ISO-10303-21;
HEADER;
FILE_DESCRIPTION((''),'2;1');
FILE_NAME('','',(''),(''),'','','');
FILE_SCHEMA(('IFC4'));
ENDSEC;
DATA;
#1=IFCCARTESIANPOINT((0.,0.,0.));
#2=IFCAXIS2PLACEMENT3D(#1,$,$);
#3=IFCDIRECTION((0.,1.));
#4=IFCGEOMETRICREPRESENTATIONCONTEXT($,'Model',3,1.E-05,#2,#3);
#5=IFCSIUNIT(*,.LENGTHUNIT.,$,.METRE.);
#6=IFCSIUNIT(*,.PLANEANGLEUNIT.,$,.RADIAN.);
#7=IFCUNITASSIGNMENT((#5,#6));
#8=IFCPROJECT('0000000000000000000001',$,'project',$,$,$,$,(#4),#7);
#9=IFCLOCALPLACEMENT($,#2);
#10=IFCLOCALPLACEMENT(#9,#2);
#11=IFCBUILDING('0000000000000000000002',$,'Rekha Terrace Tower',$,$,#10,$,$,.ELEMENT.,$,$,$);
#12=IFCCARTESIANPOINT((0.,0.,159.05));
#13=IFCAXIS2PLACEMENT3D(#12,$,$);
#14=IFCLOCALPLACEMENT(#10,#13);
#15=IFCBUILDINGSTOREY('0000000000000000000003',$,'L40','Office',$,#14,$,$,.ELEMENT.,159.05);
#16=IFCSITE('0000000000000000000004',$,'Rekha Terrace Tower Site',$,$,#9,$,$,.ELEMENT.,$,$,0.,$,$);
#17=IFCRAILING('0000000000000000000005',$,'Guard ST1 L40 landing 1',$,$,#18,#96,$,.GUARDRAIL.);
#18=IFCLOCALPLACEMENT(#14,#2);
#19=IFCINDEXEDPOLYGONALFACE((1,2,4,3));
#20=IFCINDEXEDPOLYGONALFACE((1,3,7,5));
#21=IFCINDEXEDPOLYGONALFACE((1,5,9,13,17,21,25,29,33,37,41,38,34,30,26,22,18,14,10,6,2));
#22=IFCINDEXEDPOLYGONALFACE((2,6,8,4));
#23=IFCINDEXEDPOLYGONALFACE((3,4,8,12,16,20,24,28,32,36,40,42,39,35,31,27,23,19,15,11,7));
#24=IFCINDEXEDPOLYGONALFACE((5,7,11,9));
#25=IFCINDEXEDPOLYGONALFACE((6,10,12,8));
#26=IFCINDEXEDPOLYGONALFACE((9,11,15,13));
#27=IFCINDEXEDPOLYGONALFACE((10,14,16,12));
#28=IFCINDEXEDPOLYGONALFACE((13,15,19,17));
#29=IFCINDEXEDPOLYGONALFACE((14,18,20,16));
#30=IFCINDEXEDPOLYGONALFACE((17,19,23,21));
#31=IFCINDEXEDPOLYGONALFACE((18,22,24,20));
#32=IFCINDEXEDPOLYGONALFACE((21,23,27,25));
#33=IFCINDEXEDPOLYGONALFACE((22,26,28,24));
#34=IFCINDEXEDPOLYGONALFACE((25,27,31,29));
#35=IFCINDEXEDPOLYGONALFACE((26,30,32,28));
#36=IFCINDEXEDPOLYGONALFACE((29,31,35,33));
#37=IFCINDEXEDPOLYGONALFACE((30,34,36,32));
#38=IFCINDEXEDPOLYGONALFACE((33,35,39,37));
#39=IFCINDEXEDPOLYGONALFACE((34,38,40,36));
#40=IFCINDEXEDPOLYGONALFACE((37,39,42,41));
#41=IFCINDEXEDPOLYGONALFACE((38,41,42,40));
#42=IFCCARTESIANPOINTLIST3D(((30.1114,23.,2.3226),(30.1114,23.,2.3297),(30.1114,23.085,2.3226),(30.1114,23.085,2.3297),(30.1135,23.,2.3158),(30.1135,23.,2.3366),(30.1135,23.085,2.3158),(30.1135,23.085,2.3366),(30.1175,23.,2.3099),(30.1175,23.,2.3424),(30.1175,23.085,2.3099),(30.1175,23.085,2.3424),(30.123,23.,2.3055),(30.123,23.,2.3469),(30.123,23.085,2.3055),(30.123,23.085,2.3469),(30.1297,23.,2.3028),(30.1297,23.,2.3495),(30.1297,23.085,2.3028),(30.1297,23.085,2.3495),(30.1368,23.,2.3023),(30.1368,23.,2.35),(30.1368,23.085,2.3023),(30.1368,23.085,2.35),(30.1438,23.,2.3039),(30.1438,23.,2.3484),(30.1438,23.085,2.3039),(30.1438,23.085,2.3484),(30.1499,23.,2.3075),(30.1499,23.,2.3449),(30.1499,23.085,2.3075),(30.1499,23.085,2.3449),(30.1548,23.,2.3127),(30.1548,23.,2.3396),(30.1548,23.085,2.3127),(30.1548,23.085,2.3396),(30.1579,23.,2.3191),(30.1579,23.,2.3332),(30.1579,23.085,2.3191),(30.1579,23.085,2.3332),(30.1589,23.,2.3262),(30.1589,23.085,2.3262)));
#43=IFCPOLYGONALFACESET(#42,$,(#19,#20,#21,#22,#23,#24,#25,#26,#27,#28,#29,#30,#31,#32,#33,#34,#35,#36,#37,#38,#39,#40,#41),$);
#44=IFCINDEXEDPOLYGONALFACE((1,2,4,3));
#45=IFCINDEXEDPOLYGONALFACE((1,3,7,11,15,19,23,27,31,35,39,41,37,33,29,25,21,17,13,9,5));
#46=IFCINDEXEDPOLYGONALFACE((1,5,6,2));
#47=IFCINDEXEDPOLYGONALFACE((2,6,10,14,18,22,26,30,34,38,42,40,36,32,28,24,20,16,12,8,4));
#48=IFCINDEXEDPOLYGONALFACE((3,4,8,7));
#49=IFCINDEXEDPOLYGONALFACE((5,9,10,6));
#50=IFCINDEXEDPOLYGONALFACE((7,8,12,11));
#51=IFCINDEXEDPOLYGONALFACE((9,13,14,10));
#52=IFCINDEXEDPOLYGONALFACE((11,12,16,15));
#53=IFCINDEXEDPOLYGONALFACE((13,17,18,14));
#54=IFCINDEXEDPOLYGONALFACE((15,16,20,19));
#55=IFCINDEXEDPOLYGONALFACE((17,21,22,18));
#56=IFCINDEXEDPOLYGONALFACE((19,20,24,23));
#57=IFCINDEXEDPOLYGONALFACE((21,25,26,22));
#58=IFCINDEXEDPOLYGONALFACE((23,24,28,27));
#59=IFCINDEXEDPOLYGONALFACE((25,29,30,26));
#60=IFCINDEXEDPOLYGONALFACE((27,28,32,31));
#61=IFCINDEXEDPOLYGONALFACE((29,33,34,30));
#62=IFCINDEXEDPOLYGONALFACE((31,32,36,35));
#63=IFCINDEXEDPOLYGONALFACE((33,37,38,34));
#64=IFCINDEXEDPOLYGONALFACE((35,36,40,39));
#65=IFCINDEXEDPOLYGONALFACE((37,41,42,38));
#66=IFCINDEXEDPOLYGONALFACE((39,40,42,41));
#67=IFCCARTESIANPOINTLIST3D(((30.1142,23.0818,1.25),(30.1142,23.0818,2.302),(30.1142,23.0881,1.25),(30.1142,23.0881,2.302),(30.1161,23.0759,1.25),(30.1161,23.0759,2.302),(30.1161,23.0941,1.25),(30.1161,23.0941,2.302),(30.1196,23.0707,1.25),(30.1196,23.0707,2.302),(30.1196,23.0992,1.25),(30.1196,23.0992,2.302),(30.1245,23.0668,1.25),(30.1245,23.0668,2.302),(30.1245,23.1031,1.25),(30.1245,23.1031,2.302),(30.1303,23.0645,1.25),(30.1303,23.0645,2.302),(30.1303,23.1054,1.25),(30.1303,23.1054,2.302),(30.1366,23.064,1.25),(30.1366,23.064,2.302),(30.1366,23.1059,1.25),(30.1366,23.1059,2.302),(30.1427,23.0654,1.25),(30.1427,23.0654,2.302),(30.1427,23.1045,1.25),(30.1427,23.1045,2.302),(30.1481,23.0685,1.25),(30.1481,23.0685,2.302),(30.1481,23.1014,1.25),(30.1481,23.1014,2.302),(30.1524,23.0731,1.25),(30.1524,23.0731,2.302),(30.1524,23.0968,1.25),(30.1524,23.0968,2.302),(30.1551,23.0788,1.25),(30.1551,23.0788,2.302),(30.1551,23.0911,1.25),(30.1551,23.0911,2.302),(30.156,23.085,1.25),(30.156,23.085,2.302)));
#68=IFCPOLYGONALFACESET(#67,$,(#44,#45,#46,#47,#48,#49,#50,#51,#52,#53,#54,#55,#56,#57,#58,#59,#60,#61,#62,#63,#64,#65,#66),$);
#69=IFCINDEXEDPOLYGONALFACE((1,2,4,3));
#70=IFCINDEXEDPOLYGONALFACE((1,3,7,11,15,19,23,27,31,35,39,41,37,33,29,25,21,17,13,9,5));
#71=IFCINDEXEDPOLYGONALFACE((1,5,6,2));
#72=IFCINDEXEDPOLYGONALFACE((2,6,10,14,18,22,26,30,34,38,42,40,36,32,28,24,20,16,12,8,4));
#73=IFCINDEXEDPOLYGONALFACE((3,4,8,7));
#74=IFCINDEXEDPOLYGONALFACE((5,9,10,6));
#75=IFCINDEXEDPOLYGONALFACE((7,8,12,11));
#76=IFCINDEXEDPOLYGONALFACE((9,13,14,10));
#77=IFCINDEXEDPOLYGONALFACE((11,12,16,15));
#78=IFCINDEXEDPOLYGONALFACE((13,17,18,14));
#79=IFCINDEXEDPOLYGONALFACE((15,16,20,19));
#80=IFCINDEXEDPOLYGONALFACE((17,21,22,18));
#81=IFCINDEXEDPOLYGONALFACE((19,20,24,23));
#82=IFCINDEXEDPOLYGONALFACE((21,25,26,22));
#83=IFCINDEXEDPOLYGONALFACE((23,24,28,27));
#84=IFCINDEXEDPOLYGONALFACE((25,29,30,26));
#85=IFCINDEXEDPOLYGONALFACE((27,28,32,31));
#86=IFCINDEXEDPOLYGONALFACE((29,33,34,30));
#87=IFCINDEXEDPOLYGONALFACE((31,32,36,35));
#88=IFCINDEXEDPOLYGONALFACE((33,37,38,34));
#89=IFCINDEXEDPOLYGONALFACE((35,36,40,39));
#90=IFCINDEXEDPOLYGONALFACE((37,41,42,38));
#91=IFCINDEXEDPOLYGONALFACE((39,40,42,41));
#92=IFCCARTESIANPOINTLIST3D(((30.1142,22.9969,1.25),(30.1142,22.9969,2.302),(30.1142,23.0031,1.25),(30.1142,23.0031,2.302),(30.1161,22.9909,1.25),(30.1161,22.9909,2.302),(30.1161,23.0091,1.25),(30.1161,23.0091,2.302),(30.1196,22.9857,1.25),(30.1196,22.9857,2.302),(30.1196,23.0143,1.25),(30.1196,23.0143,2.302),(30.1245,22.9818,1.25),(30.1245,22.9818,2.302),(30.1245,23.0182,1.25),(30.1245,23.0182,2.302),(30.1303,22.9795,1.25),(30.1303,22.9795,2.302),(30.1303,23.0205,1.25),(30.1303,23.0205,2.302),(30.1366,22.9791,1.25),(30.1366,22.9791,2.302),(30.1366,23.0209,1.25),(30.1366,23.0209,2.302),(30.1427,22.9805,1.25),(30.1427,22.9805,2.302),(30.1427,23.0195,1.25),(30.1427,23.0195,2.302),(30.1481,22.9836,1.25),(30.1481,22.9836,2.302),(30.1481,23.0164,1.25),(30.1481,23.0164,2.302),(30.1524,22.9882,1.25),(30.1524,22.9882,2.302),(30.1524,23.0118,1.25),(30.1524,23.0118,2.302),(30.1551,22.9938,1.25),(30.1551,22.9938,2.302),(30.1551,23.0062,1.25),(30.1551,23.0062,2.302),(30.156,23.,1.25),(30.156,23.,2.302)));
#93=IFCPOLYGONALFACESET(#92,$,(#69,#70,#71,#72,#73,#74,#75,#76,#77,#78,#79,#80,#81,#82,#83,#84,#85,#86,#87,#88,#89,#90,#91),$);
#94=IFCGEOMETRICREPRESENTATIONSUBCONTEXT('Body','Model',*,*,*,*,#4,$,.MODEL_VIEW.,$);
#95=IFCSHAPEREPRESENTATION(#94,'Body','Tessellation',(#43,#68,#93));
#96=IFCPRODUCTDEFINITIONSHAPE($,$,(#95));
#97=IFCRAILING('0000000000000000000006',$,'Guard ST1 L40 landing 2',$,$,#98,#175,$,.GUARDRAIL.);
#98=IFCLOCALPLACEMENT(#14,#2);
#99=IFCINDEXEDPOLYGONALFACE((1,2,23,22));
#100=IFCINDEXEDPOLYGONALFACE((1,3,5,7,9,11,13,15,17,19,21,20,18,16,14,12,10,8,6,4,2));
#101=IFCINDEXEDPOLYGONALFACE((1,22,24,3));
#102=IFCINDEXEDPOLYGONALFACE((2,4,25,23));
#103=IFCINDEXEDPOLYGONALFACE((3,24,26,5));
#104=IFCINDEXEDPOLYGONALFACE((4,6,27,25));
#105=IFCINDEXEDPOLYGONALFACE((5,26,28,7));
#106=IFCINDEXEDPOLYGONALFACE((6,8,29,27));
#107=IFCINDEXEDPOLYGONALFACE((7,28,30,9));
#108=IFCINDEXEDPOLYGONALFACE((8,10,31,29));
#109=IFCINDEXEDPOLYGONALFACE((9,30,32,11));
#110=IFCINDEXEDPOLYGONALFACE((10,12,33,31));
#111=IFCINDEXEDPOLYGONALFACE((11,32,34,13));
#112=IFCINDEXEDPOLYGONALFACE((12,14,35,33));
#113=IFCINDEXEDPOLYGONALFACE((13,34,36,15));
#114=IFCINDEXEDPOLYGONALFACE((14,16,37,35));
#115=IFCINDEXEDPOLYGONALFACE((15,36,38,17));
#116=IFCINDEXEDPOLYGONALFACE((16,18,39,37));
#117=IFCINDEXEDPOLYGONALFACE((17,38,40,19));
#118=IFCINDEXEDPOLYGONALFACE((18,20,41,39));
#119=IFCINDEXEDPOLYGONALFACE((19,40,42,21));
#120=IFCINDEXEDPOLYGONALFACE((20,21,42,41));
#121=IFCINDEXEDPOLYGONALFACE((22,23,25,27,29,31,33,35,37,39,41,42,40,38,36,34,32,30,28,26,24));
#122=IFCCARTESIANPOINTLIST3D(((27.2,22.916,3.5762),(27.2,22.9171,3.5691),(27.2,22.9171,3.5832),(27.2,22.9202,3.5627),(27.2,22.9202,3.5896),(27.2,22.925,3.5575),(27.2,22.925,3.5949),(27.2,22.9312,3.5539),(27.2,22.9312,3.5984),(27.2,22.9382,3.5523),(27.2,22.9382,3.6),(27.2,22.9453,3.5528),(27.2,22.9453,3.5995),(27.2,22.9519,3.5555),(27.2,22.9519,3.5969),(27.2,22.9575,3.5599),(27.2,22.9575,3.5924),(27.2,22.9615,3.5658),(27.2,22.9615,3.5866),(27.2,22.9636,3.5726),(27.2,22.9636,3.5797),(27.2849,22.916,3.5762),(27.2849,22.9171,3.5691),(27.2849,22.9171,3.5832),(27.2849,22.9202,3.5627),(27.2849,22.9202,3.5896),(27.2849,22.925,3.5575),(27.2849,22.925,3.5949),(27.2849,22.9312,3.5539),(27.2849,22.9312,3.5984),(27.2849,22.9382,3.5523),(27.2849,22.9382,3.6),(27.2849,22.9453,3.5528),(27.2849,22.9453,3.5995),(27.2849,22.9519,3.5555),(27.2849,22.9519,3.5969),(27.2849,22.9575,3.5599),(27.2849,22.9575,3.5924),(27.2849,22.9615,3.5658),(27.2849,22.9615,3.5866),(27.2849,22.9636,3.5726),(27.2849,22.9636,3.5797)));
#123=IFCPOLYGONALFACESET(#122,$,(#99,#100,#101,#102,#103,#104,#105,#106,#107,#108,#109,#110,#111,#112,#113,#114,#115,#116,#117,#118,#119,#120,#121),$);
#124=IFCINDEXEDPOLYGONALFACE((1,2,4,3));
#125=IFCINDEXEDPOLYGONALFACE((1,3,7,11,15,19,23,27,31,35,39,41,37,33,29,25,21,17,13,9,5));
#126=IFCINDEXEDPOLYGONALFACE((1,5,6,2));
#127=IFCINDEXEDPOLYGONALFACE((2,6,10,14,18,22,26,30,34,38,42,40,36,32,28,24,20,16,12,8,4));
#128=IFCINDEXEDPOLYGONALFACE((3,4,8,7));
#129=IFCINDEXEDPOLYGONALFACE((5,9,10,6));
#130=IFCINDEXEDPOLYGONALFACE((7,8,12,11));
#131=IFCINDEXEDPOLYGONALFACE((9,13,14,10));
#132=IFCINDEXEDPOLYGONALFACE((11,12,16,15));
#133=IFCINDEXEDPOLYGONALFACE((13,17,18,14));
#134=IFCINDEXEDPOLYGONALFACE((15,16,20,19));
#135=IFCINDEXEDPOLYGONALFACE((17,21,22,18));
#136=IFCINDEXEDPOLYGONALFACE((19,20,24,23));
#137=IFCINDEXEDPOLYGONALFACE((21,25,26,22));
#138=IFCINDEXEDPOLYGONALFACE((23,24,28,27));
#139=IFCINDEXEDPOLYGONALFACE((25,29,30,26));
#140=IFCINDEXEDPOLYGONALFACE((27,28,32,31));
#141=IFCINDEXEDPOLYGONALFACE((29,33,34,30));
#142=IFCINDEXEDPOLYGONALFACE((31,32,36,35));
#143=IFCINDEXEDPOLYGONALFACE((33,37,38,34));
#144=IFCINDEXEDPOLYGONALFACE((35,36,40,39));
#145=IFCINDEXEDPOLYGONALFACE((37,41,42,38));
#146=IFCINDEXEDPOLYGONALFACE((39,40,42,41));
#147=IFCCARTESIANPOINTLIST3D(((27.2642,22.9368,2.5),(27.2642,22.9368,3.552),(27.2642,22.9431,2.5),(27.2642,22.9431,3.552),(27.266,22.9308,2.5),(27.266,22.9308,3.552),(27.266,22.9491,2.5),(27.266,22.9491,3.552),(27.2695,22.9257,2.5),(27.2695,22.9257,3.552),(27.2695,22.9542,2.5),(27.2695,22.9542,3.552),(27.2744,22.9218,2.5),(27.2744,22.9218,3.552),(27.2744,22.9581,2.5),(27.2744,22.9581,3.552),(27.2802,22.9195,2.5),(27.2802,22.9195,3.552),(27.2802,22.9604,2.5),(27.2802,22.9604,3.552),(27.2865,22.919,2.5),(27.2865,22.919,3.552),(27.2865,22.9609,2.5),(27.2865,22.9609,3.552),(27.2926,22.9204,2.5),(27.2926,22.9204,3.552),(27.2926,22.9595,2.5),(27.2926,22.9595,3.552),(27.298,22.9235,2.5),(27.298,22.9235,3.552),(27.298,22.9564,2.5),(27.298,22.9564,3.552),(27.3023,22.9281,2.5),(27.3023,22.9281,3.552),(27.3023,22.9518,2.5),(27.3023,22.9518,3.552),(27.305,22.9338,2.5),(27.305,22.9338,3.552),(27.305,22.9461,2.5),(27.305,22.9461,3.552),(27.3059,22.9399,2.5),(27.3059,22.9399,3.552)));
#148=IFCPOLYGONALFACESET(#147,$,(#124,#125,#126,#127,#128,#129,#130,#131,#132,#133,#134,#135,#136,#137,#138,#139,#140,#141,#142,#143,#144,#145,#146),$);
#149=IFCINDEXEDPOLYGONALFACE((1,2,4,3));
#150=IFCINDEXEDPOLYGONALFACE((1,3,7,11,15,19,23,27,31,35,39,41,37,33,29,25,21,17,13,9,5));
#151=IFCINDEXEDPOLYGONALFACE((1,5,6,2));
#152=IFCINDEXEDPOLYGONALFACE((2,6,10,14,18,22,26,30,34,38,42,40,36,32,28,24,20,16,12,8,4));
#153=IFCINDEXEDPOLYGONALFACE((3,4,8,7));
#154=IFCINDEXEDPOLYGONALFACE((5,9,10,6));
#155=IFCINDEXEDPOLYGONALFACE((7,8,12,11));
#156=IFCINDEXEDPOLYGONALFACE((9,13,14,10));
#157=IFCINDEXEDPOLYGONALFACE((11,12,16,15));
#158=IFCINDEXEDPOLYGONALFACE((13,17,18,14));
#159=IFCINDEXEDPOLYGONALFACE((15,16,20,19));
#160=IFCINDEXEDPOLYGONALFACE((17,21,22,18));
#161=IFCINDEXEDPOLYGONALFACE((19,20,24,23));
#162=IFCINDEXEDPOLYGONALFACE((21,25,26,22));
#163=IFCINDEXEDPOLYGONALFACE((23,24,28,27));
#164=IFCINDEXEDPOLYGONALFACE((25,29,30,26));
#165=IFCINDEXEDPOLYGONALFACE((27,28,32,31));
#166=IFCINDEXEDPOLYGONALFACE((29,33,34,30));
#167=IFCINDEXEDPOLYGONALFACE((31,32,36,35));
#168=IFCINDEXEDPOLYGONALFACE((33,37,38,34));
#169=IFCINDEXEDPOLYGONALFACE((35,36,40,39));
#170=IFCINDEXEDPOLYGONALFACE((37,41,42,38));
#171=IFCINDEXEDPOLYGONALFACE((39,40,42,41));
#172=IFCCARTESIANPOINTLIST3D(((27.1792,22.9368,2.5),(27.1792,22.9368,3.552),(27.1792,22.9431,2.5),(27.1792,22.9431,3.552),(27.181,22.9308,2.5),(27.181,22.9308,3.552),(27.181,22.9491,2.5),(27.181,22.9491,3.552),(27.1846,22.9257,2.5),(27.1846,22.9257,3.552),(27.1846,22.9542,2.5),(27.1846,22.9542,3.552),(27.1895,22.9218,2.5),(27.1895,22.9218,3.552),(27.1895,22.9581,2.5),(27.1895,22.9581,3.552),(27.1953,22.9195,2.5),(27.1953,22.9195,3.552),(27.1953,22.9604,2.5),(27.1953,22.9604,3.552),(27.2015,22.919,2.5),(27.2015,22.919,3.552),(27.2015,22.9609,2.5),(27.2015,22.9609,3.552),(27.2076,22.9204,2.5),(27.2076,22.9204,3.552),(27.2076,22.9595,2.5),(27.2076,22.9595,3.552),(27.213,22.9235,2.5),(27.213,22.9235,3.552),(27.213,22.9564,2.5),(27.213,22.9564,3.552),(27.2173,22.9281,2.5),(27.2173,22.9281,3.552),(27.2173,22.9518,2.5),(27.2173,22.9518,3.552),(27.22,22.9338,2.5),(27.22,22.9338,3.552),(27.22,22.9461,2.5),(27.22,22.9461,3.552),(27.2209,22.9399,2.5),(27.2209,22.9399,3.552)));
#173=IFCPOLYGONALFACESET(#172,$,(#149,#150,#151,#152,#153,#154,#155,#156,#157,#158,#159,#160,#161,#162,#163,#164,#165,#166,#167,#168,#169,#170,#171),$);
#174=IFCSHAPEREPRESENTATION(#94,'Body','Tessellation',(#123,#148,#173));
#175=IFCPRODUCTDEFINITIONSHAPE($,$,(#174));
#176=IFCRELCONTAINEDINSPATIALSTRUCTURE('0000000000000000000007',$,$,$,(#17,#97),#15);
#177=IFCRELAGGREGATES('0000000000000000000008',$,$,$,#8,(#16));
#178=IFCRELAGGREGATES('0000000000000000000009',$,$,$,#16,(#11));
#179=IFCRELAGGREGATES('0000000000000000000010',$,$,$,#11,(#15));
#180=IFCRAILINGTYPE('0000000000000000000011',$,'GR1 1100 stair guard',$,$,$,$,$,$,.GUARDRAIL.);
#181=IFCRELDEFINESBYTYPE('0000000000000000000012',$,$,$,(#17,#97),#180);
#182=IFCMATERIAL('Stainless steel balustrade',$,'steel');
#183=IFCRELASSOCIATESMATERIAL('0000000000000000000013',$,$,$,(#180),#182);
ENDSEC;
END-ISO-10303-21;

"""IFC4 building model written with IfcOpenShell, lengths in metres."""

from ifc_helpers import new_model, si_unit, direction, frame, origin, origin_2d, place, context, subcontext, project, spatial, circle, extrude, material, type_object, element, save


model = new_model("IFC4")

# Units and contexts
model_context = context("Model", 3, precision=1e-05, world=origin(), true_north=direction((0.0, 1.0)))
body_context = subcontext(model_context, "Body", "Model", "MODEL_VIEW")
ifc_project = project(units=[si_unit("LENGTHUNIT", "METRE"), si_unit("PLANEANGLEUNIT", "RADIAN")], contexts=[model_context])

# Site, building, storey
site_placement = place(None, origin())
site = spatial("IfcSite", under=ifc_project, at=site_placement, Name="Rekha Terrace Tower Site", CompositionType="ELEMENT", RefElevation=0.0)
building_placement = place(site_placement, origin())
building = spatial("IfcBuilding", under=site, at=building_placement, Name="Rekha Terrace Tower", CompositionType="ELEMENT")
storey_placement = place(building_placement, frame((0.0, 0.0, 159.05)))
storey = spatial("IfcBuildingStorey", under=building, at=storey_placement, Name="L40", Description="Office", CompositionType="ELEMENT", Elevation=159.05)

# Railings
ifc_material_1 = material(Name="Stainless steel balustrade", Category="steel")
railing_type_1 = type_object("IfcRailingType", Name="GR1 1100 stair guard", PredefinedType="GUARDRAIL", material=ifc_material_1)
railing_1_placement = place(storey_placement, frame((30.135, 23.085, 1.25)))
element("IfcRailing", 1, at=railing_1_placement, inside=storey, type_object=railing_type_1, Name="Guard ST1 L40 landing 1", PredefinedType="GUARDRAIL", context=body_context, shape_type="SweptSolid", body=[
    extrude(circle(Radius=0.0239, at=origin_2d()), frame((0.0, 0.0, 1.0762), z_axis=(0.0, -1.0, 0.0), x_axis=(1.0, 0.0, 0.0)), (0.0, 0.0, 1.0), 0.085),
    extrude(circle(Radius=0.021, at=origin_2d()), origin(), (0.0, 0.0, 1.0), 1.052),
    extrude(circle(Radius=0.021, at=origin_2d()), frame((0.0, -0.085, 0.0)), (0.0, 0.0, 1.0), 1.052),
])
railing_2_placement = place(storey_placement, frame((27.2849, 22.9399, 2.5)))
element("IfcRailing", 2, at=railing_2_placement, inside=storey, type_object=railing_type_1, Name="Guard ST1 L40 landing 2", PredefinedType="GUARDRAIL", context=body_context, shape_type="SweptSolid", body=[
    extrude(circle(Radius=0.0239, at=origin_2d()), frame((0.0, 0.0, 1.0762), z_axis=(-1.0, 0.0, 0.0), x_axis=(0.0, -1.0, 0.0)), (0.0, 0.0, 1.0), 0.085),
    extrude(circle(Radius=0.021, at=origin_2d()), origin(), (0.0, 0.0, 1.0), 1.052),
    extrude(circle(Radius=0.021, at=origin_2d()), frame((-0.085, 0.0, 0.0)), (0.0, 0.0, 1.0), 1.052),
])

save(model, "model.ifc")
